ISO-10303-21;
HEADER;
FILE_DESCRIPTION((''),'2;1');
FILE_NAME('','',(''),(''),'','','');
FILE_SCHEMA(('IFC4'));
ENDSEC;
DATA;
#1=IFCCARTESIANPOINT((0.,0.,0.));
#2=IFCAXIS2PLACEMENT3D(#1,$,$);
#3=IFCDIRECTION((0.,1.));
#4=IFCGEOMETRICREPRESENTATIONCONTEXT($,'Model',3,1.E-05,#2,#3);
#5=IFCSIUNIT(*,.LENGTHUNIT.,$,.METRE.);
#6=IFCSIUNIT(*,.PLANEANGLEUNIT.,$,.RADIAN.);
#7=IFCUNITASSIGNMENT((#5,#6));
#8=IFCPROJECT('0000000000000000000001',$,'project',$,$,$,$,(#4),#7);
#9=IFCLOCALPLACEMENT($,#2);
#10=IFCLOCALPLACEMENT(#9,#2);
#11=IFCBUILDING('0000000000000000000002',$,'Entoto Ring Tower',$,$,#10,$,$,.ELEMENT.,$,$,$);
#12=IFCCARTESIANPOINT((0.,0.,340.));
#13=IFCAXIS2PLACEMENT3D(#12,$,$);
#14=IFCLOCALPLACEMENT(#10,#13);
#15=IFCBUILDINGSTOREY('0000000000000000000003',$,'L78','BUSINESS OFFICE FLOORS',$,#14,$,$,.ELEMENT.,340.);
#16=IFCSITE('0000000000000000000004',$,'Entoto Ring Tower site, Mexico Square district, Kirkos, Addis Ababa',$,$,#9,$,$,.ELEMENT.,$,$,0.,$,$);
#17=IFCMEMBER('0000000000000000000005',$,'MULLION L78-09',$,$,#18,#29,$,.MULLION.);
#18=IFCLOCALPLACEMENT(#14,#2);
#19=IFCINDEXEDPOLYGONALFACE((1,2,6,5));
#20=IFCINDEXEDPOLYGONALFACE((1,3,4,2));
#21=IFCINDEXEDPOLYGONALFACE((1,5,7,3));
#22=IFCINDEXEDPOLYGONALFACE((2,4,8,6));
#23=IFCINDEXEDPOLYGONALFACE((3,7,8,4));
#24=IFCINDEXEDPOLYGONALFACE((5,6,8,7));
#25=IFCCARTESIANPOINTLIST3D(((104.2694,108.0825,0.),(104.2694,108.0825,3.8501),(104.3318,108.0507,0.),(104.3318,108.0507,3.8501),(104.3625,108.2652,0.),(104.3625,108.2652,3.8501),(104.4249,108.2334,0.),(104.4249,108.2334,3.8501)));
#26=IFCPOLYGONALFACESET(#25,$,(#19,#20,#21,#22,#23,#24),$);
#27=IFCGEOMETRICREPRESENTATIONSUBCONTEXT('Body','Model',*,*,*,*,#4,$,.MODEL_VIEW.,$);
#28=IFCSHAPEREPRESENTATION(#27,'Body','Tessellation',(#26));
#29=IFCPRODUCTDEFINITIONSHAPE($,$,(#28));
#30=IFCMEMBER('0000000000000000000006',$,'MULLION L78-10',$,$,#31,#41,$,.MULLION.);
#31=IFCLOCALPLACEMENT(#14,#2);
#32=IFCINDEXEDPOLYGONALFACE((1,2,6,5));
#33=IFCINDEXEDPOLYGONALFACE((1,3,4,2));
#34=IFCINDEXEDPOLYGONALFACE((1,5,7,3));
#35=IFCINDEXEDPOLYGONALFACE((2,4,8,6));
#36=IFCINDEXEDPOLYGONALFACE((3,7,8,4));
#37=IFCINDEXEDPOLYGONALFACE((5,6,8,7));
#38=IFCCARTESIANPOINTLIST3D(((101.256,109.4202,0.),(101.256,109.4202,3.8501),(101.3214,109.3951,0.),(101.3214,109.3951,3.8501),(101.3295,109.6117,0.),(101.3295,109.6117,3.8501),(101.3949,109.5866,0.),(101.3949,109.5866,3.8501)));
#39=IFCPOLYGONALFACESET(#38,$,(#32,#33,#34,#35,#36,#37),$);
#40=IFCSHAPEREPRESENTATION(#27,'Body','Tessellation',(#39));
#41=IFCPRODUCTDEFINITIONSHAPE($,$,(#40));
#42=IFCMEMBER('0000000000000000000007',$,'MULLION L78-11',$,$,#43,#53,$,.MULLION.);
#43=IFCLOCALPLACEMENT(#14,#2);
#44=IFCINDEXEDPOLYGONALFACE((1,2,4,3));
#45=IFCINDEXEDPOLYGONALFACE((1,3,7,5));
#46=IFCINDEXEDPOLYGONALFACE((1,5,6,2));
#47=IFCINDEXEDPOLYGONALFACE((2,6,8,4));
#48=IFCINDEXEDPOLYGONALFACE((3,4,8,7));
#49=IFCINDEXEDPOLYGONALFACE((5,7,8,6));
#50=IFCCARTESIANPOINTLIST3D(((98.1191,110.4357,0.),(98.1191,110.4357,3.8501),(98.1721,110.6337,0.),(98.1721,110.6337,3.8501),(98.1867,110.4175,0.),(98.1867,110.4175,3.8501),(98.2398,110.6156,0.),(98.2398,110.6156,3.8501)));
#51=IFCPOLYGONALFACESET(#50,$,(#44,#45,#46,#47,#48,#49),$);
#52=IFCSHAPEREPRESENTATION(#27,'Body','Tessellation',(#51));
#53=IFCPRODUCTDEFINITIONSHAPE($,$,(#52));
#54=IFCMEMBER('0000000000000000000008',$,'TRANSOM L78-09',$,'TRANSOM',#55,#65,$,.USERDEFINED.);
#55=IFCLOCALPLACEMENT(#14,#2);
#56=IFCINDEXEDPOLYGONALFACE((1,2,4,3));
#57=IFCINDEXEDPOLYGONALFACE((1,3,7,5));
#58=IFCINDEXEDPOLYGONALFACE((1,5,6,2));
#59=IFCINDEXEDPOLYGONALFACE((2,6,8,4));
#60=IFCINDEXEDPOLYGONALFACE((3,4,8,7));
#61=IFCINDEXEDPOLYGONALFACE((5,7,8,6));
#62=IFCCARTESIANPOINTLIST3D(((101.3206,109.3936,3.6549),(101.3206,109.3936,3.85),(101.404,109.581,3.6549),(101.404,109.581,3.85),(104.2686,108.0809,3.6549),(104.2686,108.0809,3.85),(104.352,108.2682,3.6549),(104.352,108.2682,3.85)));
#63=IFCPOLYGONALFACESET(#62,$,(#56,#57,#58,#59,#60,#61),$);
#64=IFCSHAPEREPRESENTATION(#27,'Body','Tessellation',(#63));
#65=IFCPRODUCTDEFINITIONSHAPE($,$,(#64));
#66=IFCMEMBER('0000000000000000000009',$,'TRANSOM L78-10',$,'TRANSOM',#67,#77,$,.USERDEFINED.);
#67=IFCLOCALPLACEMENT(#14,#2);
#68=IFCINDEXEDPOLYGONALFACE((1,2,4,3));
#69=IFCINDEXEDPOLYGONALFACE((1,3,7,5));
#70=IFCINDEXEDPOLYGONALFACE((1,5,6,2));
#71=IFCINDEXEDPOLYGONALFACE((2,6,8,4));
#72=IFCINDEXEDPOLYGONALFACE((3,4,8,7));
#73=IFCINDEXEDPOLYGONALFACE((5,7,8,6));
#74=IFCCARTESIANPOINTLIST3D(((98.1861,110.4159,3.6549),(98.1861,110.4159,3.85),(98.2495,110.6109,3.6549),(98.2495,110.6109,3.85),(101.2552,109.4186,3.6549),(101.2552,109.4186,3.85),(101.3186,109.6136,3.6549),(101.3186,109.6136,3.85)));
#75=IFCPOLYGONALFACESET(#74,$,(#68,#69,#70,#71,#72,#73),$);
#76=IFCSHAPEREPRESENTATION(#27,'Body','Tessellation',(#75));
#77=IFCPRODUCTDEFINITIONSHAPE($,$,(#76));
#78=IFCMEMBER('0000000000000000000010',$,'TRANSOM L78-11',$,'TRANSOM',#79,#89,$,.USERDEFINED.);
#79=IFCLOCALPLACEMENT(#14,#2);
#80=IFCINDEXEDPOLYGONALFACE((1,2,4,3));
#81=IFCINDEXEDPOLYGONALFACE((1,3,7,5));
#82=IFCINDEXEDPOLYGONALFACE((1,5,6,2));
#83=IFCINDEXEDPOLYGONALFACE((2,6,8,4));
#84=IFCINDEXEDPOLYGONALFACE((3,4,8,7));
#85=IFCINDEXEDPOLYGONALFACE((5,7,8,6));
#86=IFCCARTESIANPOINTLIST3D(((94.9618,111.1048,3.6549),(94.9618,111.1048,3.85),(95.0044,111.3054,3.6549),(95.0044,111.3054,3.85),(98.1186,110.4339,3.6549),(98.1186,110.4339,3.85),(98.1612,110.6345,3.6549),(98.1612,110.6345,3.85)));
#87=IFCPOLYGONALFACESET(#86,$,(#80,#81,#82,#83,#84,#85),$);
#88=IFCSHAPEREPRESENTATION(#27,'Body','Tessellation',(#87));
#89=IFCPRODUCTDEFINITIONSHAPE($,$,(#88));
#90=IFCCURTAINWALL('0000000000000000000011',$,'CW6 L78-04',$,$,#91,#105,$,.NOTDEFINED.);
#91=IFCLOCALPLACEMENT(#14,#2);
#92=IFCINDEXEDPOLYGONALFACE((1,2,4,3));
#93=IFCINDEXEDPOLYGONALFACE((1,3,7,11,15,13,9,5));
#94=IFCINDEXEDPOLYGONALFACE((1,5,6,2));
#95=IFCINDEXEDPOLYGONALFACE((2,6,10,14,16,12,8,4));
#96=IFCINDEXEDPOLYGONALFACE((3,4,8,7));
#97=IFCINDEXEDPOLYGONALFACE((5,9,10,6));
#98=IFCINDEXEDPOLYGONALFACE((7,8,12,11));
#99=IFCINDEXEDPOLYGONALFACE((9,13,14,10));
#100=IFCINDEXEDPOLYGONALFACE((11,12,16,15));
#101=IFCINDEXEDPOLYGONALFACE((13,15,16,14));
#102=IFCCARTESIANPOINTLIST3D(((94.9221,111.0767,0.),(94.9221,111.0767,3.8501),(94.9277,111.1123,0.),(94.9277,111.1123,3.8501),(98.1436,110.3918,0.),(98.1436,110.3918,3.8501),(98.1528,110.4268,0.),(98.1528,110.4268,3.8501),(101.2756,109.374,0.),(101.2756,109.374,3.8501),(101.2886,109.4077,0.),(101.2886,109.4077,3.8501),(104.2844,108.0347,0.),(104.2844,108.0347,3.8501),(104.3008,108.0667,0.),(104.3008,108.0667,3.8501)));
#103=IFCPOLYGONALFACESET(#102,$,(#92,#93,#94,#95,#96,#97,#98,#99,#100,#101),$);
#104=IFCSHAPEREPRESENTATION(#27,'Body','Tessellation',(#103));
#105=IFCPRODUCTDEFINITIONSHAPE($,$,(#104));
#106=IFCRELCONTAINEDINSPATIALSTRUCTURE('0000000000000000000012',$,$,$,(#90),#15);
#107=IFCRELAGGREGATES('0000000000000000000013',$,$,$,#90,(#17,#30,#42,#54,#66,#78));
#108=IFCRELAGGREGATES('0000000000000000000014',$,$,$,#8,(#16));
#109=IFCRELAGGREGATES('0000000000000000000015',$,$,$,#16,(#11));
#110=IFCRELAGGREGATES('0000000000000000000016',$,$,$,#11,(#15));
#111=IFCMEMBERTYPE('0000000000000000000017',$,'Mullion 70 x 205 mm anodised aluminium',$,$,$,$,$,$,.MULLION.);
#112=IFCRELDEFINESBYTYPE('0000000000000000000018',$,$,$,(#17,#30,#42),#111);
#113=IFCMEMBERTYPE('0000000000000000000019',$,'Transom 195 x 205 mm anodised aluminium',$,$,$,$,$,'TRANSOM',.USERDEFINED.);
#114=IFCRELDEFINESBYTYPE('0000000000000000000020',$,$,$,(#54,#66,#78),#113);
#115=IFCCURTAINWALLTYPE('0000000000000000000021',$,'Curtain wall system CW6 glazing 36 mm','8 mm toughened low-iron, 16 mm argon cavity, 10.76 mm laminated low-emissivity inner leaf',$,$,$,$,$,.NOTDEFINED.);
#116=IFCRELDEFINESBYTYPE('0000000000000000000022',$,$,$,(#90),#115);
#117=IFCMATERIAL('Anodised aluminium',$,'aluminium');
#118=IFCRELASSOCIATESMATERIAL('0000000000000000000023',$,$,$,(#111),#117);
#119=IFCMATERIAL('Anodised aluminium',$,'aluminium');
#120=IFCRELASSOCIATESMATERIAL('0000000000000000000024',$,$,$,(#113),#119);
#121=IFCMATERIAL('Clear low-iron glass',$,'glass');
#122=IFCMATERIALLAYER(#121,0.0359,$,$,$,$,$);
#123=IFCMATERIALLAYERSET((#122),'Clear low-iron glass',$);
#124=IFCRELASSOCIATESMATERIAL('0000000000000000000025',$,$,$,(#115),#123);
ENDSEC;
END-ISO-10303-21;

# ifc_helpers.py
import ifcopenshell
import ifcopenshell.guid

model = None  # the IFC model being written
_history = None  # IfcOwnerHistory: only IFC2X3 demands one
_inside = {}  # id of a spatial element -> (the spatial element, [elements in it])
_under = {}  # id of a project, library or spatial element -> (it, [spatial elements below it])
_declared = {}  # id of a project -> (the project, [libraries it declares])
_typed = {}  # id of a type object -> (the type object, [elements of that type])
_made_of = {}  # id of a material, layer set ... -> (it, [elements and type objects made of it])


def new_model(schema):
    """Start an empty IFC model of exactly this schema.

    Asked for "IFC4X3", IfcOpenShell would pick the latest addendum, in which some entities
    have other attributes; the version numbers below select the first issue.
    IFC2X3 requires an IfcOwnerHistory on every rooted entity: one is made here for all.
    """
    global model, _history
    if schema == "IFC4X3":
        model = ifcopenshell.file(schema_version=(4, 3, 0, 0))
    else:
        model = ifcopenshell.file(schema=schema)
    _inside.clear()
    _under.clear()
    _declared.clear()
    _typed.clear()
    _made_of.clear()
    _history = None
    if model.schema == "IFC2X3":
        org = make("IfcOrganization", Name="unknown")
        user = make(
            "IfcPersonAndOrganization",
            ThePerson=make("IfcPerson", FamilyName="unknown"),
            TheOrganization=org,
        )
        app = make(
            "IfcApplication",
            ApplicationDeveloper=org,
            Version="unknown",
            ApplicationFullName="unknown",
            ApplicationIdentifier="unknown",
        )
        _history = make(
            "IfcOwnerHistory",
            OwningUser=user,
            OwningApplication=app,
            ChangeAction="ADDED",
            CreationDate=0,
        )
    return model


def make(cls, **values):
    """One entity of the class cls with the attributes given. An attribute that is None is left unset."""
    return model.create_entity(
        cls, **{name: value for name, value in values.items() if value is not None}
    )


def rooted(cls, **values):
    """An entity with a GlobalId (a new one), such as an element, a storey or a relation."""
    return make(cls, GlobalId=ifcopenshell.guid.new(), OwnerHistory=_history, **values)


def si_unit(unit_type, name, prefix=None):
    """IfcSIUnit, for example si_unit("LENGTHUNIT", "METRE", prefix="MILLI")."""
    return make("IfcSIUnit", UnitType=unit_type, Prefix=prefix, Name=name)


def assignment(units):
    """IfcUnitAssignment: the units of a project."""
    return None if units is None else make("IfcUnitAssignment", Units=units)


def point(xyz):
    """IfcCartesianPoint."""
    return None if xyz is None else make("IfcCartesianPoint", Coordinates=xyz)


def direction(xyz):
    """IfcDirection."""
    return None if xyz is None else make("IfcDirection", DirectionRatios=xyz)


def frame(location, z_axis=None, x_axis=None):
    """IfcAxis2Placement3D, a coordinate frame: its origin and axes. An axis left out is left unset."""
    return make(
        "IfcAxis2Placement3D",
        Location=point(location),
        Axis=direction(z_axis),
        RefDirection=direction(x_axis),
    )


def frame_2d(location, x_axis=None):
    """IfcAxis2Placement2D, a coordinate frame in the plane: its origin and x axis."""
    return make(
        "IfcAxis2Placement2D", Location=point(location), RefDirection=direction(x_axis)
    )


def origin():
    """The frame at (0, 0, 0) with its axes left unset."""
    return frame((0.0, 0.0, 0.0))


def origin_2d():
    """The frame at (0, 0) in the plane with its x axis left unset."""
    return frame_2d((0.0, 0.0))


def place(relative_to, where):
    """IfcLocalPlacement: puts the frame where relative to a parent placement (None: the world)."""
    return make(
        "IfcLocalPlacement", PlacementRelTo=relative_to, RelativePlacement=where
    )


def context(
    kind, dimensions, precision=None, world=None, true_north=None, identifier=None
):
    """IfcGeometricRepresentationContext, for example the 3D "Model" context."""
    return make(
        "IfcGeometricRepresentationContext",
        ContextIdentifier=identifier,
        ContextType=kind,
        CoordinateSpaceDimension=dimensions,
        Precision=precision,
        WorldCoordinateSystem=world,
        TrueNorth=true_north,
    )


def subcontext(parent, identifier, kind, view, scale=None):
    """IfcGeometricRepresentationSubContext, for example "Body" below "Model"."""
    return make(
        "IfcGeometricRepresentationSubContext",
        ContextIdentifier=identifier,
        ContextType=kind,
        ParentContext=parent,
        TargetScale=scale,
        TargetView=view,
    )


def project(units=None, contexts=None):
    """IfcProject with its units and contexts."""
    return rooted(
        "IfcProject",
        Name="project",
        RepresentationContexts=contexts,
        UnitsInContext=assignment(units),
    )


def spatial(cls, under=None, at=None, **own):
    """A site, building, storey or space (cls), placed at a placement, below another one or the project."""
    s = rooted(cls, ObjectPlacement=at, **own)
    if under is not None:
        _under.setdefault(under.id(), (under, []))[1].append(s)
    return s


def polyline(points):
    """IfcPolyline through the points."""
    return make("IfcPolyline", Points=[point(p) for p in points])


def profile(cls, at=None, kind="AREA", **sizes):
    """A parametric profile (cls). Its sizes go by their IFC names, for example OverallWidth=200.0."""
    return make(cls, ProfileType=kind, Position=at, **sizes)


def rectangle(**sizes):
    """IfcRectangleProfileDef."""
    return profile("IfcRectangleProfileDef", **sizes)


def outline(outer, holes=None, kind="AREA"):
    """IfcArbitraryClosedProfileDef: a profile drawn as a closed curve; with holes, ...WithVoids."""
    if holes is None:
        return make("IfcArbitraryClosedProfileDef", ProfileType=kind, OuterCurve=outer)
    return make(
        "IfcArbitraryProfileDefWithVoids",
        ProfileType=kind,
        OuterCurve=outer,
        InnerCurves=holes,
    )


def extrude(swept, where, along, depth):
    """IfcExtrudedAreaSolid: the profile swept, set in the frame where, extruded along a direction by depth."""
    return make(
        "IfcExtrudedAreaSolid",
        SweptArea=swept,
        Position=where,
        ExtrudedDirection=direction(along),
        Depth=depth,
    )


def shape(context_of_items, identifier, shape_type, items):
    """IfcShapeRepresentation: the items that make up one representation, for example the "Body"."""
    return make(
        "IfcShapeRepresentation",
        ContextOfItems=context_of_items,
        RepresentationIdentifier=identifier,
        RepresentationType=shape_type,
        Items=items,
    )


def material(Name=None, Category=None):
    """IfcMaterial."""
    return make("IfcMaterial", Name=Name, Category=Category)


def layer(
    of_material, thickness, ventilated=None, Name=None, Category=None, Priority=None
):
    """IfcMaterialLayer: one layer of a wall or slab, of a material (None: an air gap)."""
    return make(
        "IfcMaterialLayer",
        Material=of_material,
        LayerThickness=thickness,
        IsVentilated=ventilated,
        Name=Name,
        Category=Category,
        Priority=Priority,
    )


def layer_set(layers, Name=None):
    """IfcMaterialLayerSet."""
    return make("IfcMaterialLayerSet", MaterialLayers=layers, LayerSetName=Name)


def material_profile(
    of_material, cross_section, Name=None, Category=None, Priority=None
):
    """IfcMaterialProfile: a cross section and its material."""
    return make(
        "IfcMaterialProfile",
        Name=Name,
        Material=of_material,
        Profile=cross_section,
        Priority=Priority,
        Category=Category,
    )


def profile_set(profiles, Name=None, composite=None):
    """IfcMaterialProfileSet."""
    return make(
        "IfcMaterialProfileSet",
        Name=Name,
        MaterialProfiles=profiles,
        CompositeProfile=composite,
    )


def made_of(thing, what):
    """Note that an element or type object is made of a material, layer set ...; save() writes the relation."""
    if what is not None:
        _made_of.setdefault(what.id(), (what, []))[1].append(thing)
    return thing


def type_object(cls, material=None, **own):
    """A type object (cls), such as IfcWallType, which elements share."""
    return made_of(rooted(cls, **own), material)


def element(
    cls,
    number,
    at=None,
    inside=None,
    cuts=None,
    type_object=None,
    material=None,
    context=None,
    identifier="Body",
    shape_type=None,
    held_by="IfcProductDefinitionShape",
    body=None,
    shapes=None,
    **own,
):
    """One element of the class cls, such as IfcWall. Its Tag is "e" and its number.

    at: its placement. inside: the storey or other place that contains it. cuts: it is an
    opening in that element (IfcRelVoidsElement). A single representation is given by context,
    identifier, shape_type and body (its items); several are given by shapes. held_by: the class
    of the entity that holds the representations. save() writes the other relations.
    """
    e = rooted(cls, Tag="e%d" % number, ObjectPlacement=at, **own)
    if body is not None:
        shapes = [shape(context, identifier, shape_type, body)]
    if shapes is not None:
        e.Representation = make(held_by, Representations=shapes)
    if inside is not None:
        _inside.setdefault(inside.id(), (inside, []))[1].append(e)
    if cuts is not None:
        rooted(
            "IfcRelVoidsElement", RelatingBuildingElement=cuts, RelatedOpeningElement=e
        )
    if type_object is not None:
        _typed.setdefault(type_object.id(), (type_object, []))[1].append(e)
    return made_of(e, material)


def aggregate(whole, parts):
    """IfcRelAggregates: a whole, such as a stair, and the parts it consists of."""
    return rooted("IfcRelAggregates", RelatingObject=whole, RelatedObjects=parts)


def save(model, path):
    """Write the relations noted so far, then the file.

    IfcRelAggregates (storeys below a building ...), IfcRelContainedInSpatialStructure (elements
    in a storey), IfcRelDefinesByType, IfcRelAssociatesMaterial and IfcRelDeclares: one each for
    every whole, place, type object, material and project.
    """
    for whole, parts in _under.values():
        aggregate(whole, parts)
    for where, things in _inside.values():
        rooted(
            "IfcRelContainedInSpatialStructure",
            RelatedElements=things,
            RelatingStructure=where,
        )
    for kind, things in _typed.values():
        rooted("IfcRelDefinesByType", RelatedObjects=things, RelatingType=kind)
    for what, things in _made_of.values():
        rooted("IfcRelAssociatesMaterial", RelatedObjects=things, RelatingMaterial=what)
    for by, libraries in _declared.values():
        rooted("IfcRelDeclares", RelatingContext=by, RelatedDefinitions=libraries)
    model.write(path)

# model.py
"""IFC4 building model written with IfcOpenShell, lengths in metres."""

from ifc_helpers import new_model, si_unit, direction, frame, origin, origin_2d, place, context, subcontext, project, spatial, polyline, rectangle, outline, extrude, material, layer, layer_set, material_profile, profile_set, type_object, element, aggregate, save


model = new_model("IFC4")

# Units and contexts
model_context = context("Model", 3, precision=1e-05, world=origin(), true_north=direction((0.0, 1.0)))
body_context = subcontext(model_context, "Body", "Model", "MODEL_VIEW")
ifc_project = project(units=[si_unit("LENGTHUNIT", "METRE"), si_unit("PLANEANGLEUNIT", "RADIAN")], contexts=[model_context])

# Members
ifc_material_1 = material(Name="Anodised aluminium", Category="aluminium")
ifc_material_profile_1 = material_profile(ifc_material_1, rectangle(XDim=0.0701, YDim=0.2051, at=origin_2d()), Name="Mullion 70 x 205 mm anodised aluminium")
ifc_profile_set_1 = profile_set([ifc_material_profile_1], Name="Anodised aluminium")
member_type_1 = type_object("IfcMemberType", Name="Mullion 70 x 205 mm anodised aluminium", PredefinedType="MULLION", material=ifc_profile_set_1)
site_placement = place(None, origin())
building_placement = place(site_placement, origin())
storey_placement = place(building_placement, frame((0.0, 0.0, 340.0)))
member_1_placement = place(storey_placement, frame((104.3472, 108.158, 0.0), z_axis=(0.0, 0.0, 1.0), x_axis=(-0.891007, 0.45399, 0.0)))
member_1 = element("IfcMember", 1, at=member_1_placement, type_object=member_type_1, Name="MULLION L78-09", PredefinedType="MULLION", context=body_context, shape_type="SweptSolid", body=[
    extrude(rectangle(XDim=0.0701, YDim=0.2051, at=origin_2d()), origin(), (0.0, 0.0, 1.0), 3.8501),
])
member_2_placement = place(storey_placement, frame((101.3254, 109.5034, 0.0), z_axis=(0.0, 0.0, 1.0), x_axis=(-0.93358, 0.358368, 0.0)))
member_2 = element("IfcMember", 2, at=member_2_placement, type_object=member_type_1, Name="MULLION L78-10", PredefinedType="MULLION", context=body_context, shape_type="SweptSolid", body=[
    extrude(rectangle(XDim=0.0701, YDim=0.2051, at=origin_2d()), origin(), (0.0, 0.0, 1.0), 3.8501),
])
member_3_placement = place(storey_placement, frame((98.1794, 110.5256, 0.0), z_axis=(0.0, 0.0, 1.0), x_axis=(-0.965926, 0.258819, 0.0)))
member_3 = element("IfcMember", 3, at=member_3_placement, type_object=member_type_1, Name="MULLION L78-11", PredefinedType="MULLION", context=body_context, shape_type="SweptSolid", body=[
    extrude(rectangle(XDim=0.0701, YDim=0.2051, at=origin_2d()), origin(), (0.0, 0.0, 1.0), 3.8501),
])
ifc_material_2 = material(Name="Anodised aluminium", Category="aluminium")
ifc_material_profile_2 = material_profile(ifc_material_2, rectangle(XDim=0.2051, YDim=0.1951, at=origin_2d()), Name="Transom 195 x 205 mm anodised aluminium")
ifc_profile_set_2 = profile_set([ifc_material_profile_2], Name="Anodised aluminium")
member_type_2 = type_object("IfcMemberType", Name="Transom 195 x 205 mm anodised aluminium", ElementType="TRANSOM", PredefinedType="USERDEFINED", material=ifc_profile_set_2)
member_4_placement = place(storey_placement, frame((104.3103, 108.1746, 3.7524), z_axis=(-0.913521, 0.406791, 0.0), x_axis=(-0.406791, -0.913521, 0.0)))
member_4 = element("IfcMember", 4, at=member_4_placement, type_object=member_type_2, Name="TRANSOM L78-09", ObjectType="TRANSOM", PredefinedType="USERDEFINED", context=body_context, shape_type="SweptSolid", body=[
    extrude(rectangle(XDim=0.2051, YDim=0.1951, at=origin_2d()), origin(), (0.0, 0.0, 1.0), 3.2271),
])
member_5_placement = place(storey_placement, frame((101.2869, 109.5161, 3.7524), z_axis=(-0.951047, 0.309047, 0.0), x_axis=(-0.309047, -0.951047, 0.0)))
member_5 = element("IfcMember", 5, at=member_5_placement, type_object=member_type_2, Name="TRANSOM L78-10", ObjectType="TRANSOM", PredefinedType="USERDEFINED", context=body_context, shape_type="SweptSolid", body=[
    extrude(rectangle(XDim=0.2051, YDim=0.1951, at=origin_2d()), origin(), (0.0, 0.0, 1.0), 3.2271),
])
member_6_placement = place(storey_placement, frame((98.1399, 110.5342, 3.7524), z_axis=(-0.978153, 0.207886, 0.0), x_axis=(-0.207886, -0.978153, 0.0)))
member_6 = element("IfcMember", 6, at=member_6_placement, type_object=member_type_2, Name="TRANSOM L78-11", ObjectType="TRANSOM", PredefinedType="USERDEFINED", context=body_context, shape_type="SweptSolid", body=[
    extrude(rectangle(XDim=0.2051, YDim=0.1951, at=origin_2d()), origin(), (0.0, 0.0, 1.0), 3.2273),
])

# Site, building, storey
site = spatial("IfcSite", under=ifc_project, at=site_placement, Name="Entoto Ring Tower site, Mexico Square district, Kirkos, Addis Ababa", CompositionType="ELEMENT", RefElevation=0.0)
building = spatial("IfcBuilding", under=site, at=building_placement, Name="Entoto Ring Tower", CompositionType="ELEMENT")
storey = spatial("IfcBuildingStorey", under=building, at=storey_placement, Name="L78", Description="BUSINESS OFFICE FLOORS", CompositionType="ELEMENT", Elevation=340.0)

# Curtain wall
ifc_material_3 = material(Name="Clear low-iron glass", Category="glass")
ifc_layer = layer(ifc_material_3, 0.0359)
ifc_layer_set = layer_set([ifc_layer], Name="Clear low-iron glass")
curtain_wall_type = type_object("IfcCurtainWallType", Name="Curtain wall system CW6 glazing 36 mm", Description="8 mm toughened low-iron, 16 mm argon cavity, 10.76 mm laminated low-emissivity inner leaf", PredefinedType="NOTDEFINED", material=ifc_layer_set)
curtain_wall_1_placement = place(storey_placement, origin())
curtain_wall_1 = element("IfcCurtainWall", 7, at=curtain_wall_1_placement, inside=storey, type_object=curtain_wall_type, Name="CW6 L78-04", PredefinedType="NOTDEFINED", context=body_context, shape_type="SweptSolid", body=[
    extrude(outline(polyline([(104.3008, 108.0667), (101.2886, 109.4077), (98.1528, 110.4268), (94.9277, 111.1123), (94.9221, 111.0767), (98.1436, 110.3918), (101.2756, 109.374), (104.2844, 108.0347), (104.3008, 108.0667)])), origin(), (0.0, 0.0, 1.0), 3.8501),
])
aggregate(curtain_wall_1, [member_1, member_2, member_3, member_4, member_5, member_6])

save(model, "model.ifc")
